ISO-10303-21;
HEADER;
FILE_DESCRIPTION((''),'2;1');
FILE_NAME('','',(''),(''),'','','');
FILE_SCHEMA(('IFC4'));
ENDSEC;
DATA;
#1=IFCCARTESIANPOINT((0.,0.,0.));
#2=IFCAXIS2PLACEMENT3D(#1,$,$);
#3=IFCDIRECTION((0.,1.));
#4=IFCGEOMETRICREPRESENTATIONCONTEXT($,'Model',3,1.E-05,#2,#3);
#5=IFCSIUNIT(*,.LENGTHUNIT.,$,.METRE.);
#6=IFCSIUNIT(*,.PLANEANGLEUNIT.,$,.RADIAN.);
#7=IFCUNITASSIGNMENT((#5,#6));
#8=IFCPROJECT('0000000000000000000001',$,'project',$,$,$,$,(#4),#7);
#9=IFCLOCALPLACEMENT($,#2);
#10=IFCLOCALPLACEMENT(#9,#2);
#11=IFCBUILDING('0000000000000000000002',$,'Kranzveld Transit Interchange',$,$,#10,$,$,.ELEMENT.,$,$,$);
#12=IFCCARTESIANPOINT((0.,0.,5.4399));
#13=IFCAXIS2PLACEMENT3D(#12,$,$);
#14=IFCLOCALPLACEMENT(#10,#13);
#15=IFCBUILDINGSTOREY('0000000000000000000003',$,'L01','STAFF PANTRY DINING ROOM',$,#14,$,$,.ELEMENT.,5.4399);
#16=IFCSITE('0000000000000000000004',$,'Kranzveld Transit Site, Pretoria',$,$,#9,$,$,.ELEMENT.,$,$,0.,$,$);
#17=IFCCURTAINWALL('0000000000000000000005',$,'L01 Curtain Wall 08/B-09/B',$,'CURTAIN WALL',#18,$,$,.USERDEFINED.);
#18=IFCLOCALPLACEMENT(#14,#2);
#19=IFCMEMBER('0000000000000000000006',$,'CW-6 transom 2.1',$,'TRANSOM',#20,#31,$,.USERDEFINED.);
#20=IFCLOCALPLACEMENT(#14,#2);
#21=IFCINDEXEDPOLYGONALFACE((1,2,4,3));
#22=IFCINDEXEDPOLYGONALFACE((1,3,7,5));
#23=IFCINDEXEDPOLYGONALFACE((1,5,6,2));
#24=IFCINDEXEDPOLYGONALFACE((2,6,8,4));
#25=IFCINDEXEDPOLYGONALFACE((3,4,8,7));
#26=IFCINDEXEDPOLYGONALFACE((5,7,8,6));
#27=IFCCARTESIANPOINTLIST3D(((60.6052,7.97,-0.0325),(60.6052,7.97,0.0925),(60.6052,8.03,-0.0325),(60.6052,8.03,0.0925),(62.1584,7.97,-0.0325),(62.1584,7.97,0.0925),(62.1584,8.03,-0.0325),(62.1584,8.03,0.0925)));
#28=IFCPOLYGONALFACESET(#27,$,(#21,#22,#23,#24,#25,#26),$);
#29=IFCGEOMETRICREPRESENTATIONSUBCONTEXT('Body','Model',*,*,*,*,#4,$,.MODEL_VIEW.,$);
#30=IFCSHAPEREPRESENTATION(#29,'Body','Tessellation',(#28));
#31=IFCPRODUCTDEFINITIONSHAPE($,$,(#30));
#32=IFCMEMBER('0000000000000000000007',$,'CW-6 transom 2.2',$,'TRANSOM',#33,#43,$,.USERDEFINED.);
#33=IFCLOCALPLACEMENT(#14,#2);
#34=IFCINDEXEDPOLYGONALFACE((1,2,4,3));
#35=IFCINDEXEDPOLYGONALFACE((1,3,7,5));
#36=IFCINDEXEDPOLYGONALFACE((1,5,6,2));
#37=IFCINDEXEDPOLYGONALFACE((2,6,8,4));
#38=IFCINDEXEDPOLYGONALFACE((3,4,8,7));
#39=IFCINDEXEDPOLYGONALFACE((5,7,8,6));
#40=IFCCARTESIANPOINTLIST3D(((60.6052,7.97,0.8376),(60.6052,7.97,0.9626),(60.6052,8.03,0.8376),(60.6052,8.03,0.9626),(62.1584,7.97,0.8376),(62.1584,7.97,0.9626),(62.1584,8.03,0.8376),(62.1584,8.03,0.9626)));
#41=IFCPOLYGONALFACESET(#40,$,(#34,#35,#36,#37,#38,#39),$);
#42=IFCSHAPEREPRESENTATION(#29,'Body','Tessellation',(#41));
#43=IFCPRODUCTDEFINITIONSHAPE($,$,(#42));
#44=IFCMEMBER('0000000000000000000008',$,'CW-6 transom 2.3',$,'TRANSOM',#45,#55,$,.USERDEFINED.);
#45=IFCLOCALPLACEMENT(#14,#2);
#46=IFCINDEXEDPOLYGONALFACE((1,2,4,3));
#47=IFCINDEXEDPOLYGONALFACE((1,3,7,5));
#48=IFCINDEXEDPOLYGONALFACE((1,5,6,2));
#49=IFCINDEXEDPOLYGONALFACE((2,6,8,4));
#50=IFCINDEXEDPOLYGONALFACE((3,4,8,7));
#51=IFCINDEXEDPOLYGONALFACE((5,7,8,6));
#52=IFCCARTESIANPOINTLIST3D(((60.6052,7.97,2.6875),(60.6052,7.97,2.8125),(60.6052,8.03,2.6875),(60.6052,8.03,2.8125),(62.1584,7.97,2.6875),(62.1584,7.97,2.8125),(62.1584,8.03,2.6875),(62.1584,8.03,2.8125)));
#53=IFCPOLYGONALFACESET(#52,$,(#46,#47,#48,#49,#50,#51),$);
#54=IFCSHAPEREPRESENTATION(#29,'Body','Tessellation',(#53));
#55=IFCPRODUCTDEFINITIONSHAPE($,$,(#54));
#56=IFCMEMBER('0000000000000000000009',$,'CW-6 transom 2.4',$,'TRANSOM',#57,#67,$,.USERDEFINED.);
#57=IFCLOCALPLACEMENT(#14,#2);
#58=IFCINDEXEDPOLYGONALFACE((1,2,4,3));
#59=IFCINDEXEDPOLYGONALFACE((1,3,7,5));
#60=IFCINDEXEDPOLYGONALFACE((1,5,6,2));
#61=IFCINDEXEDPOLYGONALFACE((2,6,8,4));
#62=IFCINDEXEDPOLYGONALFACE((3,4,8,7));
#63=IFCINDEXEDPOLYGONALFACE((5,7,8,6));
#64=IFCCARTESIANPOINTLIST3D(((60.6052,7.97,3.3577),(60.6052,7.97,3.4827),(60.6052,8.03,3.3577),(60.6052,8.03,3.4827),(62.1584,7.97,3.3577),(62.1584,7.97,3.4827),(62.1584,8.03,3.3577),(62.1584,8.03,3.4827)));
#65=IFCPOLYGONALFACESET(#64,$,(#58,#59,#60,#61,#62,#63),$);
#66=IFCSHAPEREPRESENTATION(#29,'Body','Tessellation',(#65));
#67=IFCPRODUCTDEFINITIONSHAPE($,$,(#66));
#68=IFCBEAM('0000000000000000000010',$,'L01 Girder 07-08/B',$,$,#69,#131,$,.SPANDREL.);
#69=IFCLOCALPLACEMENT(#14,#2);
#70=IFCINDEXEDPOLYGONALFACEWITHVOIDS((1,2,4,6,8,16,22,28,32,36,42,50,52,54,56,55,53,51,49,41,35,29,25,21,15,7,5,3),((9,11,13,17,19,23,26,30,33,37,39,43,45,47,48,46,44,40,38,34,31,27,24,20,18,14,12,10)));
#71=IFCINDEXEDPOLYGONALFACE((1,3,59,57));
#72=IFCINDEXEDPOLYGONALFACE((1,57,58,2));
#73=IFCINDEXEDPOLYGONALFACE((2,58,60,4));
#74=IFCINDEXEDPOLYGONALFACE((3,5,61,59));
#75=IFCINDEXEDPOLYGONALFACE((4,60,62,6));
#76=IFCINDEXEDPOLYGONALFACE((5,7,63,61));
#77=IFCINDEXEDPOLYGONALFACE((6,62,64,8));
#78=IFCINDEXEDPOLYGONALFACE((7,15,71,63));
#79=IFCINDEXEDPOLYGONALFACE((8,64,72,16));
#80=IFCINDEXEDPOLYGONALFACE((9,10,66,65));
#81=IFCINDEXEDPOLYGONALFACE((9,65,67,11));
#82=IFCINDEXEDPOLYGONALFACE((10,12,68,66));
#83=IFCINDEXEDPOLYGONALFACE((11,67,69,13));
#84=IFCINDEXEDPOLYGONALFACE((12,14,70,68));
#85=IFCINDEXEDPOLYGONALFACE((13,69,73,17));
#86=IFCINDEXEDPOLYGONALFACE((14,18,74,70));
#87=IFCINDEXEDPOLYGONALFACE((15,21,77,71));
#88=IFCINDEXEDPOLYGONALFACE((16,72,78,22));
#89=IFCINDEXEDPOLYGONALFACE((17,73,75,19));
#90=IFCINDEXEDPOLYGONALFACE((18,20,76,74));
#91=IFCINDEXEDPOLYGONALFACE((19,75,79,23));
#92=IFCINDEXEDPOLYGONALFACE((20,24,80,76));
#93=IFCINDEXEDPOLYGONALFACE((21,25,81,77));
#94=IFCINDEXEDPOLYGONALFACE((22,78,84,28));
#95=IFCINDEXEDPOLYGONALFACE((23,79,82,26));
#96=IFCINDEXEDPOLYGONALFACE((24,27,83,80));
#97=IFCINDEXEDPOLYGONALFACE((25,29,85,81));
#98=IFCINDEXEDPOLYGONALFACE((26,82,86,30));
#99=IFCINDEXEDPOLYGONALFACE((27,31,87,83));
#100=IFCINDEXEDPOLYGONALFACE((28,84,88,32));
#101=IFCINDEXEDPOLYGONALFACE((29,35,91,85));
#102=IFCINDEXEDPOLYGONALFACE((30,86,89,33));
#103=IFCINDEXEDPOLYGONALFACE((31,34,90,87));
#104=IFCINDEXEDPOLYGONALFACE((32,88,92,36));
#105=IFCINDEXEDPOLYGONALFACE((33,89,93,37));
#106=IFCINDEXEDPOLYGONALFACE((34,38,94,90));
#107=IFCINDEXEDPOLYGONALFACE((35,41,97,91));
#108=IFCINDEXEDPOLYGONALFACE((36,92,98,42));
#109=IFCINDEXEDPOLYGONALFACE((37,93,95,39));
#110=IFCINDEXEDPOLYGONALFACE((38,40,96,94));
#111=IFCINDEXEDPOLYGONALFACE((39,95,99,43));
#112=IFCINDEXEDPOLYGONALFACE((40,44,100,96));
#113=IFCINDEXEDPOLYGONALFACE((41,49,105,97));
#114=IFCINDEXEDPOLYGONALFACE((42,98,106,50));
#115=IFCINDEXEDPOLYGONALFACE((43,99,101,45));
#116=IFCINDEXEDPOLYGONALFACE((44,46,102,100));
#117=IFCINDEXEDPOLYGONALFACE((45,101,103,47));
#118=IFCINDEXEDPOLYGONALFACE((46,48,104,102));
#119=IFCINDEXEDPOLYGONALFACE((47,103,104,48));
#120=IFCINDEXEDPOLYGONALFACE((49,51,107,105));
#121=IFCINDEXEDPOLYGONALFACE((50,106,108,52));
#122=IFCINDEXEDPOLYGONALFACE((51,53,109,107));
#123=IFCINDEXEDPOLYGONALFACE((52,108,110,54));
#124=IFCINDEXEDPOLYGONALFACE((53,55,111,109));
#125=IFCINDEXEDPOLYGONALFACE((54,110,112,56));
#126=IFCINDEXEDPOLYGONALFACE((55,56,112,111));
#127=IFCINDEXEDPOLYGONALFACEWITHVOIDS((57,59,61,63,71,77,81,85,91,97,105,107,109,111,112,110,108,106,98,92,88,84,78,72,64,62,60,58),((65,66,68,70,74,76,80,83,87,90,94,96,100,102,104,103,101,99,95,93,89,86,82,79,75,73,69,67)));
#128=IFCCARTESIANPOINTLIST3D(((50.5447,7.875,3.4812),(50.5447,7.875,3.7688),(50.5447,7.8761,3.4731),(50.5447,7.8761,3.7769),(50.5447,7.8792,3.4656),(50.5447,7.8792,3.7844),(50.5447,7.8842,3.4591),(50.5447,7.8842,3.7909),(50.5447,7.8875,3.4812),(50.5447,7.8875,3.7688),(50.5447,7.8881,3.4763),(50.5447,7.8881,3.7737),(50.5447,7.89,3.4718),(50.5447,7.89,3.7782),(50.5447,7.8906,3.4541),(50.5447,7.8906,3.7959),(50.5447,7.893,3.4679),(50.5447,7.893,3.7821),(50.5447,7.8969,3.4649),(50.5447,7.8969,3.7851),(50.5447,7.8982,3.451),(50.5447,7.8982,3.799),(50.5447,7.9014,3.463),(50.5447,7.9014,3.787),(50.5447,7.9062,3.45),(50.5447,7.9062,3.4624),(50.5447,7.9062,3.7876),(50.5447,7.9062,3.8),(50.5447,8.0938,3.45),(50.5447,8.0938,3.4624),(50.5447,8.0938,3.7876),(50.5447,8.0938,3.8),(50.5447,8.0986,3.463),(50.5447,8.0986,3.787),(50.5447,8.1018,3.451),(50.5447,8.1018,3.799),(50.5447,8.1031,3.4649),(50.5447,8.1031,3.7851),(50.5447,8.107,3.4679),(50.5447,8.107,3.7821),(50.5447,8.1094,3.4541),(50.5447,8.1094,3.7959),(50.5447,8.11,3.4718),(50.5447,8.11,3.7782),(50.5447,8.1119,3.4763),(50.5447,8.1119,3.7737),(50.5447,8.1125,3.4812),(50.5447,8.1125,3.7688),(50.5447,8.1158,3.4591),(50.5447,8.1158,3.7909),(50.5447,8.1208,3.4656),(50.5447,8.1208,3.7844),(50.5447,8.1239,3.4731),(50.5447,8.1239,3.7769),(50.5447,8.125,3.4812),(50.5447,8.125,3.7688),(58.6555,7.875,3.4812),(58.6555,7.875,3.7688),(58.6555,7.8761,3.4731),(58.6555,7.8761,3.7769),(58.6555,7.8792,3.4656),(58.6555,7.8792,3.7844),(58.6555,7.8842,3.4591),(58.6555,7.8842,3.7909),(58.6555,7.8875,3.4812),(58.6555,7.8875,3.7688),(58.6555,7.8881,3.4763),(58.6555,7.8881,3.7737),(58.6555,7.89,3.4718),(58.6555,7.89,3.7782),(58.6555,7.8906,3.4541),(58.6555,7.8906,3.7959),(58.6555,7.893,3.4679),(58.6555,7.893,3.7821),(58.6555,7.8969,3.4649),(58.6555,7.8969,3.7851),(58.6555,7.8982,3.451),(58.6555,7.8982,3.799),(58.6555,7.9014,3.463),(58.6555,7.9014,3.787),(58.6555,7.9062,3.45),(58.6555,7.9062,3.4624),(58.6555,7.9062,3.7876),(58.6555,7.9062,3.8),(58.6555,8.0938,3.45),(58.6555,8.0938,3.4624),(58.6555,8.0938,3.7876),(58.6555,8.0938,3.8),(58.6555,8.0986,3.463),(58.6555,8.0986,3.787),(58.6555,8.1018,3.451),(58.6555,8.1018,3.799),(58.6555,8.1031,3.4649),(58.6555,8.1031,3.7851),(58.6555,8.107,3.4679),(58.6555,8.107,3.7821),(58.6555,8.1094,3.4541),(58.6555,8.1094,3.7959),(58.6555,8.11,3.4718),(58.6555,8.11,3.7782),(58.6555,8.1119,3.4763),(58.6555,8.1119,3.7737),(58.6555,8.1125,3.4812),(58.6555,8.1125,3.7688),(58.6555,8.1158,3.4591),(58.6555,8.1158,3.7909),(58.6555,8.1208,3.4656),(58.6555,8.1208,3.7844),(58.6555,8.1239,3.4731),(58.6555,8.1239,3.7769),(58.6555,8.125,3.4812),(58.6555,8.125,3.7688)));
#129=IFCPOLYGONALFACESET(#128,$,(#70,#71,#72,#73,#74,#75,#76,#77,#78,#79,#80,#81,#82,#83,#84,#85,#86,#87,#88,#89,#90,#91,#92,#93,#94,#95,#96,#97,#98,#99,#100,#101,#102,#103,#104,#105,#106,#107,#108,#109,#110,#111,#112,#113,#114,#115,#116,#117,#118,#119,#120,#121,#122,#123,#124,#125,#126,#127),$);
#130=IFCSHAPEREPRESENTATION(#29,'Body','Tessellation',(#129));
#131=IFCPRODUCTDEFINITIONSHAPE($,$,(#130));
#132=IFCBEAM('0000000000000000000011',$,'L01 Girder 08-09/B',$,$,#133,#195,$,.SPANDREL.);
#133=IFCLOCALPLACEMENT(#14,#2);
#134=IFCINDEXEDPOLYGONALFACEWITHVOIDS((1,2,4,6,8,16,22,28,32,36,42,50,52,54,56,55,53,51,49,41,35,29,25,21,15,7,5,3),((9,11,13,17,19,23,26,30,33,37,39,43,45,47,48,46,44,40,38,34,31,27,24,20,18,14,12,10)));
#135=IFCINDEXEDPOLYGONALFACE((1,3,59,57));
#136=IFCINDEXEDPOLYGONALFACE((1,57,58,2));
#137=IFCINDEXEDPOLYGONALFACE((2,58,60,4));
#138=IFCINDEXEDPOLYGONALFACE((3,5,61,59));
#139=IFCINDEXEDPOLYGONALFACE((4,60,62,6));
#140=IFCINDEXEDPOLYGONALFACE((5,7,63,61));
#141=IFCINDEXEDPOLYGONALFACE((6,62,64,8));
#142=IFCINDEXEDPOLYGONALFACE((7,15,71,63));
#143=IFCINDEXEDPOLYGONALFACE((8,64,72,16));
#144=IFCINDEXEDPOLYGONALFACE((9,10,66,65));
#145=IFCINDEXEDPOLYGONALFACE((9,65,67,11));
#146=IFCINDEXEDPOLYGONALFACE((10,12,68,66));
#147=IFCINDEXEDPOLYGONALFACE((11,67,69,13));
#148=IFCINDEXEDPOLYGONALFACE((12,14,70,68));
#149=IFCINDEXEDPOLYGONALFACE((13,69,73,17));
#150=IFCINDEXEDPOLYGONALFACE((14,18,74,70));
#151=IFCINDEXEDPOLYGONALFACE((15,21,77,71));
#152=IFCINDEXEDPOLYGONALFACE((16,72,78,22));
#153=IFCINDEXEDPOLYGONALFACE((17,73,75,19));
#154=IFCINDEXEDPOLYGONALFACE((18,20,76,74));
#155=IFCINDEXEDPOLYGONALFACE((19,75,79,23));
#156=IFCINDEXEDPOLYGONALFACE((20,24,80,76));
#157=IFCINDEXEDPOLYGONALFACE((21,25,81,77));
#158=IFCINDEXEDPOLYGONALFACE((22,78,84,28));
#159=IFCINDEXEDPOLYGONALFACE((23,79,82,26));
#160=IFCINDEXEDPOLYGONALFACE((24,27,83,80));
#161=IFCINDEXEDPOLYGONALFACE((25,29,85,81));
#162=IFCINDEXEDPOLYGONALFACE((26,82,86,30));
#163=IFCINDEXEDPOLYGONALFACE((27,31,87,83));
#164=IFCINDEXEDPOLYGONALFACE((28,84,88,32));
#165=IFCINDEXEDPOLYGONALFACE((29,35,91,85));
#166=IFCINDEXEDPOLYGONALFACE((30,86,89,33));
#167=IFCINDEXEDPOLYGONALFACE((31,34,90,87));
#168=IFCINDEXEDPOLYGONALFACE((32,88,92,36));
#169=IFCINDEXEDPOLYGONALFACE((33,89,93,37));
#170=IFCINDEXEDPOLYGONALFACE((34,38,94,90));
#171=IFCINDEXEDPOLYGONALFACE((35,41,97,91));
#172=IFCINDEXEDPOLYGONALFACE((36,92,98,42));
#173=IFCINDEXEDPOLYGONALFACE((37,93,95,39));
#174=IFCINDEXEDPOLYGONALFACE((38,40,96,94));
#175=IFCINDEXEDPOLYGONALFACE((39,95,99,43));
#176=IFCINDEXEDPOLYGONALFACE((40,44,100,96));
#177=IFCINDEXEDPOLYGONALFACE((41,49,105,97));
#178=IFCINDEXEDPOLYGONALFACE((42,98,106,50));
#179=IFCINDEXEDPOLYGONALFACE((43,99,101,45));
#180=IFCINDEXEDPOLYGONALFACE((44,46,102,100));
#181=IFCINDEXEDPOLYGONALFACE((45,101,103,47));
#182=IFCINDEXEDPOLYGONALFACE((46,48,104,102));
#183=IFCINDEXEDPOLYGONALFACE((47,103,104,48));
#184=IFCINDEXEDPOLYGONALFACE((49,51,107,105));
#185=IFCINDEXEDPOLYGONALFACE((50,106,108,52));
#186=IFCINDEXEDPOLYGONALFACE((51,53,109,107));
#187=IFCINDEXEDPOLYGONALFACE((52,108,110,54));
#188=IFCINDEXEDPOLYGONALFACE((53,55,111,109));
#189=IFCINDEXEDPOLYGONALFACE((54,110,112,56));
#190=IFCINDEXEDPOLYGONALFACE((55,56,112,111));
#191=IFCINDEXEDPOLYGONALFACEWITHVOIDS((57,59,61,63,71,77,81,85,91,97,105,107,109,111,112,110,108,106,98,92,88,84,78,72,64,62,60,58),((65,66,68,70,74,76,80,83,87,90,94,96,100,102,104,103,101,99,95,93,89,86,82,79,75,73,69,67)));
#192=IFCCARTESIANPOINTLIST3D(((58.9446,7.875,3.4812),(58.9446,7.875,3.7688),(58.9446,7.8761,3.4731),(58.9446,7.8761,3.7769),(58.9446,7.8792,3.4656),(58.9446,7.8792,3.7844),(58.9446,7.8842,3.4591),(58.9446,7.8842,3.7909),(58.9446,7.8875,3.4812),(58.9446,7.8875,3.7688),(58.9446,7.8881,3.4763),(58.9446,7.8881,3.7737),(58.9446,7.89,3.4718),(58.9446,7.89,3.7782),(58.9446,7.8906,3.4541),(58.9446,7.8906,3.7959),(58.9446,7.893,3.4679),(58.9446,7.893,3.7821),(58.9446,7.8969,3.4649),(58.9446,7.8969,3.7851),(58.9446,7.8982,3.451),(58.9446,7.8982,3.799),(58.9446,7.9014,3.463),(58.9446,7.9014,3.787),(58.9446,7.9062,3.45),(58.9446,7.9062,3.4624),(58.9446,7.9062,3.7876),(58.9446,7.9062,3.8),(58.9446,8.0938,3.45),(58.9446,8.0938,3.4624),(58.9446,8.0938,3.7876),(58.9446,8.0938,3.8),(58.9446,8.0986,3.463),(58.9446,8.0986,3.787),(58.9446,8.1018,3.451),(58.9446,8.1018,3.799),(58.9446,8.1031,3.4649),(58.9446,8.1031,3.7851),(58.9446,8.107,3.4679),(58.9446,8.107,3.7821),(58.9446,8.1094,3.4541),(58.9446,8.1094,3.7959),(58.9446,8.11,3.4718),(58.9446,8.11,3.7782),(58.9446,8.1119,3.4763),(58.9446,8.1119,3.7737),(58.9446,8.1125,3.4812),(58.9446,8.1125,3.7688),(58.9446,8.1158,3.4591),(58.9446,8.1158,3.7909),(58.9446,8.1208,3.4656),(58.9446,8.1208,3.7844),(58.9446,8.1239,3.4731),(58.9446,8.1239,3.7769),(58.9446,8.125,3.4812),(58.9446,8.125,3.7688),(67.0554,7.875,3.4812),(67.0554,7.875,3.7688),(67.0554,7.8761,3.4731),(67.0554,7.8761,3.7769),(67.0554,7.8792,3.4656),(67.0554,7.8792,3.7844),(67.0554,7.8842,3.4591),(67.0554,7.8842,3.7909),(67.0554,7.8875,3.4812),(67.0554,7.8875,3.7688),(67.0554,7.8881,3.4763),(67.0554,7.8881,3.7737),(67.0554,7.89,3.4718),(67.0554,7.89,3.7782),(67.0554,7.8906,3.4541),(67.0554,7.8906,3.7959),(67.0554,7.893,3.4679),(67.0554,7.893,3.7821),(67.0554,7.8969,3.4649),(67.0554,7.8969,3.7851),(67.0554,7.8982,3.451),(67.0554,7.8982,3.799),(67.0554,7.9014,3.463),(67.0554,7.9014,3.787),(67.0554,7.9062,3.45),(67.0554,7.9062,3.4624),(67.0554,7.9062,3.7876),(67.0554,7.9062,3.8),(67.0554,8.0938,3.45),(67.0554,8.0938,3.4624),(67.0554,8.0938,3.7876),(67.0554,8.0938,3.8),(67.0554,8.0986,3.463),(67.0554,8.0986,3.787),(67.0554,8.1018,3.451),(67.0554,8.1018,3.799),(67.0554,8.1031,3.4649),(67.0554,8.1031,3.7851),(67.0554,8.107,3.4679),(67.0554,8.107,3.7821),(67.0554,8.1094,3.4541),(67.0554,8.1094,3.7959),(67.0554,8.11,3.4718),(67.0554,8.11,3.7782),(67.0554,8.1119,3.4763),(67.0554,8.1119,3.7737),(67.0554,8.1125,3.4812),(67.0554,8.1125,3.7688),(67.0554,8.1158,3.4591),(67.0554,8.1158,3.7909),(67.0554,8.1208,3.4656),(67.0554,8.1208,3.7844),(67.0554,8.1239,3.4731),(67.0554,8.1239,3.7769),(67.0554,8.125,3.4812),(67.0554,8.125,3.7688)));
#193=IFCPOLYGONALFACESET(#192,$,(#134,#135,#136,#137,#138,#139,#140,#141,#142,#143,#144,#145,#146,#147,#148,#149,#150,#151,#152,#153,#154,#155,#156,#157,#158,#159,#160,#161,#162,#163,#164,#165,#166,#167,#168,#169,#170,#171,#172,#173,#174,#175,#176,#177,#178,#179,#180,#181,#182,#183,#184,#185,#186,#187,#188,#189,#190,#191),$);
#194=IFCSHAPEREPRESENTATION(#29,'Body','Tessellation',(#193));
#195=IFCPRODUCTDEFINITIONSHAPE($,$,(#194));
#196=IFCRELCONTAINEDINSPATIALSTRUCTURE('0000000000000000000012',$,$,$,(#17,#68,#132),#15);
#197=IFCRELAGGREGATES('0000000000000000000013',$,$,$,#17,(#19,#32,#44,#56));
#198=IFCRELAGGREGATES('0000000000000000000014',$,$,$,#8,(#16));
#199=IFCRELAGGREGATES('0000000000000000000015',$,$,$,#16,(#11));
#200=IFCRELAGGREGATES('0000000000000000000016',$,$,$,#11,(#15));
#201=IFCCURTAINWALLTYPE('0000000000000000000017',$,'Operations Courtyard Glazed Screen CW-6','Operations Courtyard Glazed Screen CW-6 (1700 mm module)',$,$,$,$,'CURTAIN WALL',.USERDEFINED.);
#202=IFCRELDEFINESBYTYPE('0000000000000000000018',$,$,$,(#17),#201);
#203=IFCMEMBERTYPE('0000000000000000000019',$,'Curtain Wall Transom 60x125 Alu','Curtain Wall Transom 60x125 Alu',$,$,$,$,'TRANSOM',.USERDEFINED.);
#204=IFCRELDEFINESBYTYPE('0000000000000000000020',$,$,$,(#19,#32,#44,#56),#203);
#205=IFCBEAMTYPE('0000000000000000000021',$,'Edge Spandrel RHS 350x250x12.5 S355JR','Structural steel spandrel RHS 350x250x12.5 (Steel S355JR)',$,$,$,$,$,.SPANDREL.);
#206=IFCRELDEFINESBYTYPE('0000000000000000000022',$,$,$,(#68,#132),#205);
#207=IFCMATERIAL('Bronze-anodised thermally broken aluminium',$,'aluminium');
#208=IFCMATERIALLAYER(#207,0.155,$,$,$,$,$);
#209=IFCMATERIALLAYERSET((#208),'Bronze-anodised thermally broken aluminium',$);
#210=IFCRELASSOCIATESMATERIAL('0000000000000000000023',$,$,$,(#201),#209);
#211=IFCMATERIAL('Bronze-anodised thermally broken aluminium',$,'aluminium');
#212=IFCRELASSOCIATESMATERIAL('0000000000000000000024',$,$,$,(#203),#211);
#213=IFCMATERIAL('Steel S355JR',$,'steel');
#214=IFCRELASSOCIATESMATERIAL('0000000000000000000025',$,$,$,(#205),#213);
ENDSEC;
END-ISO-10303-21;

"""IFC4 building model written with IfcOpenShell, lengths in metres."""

from ifc_helpers import new_model, si_unit, direction, frame, origin, origin_2d, place, context, subcontext, project, spatial, rectangle, hollow_rectangle, extrude, material, layer, layer_set, material_profile, profile_set, type_object, element, aggregate, save


model = new_model("IFC4")

# Units and contexts
model_context = context("Model", 3, precision=1e-05, world=origin(), true_north=direction((0.0, 1.0)))
body_context = subcontext(model_context, "Body", "Model", "MODEL_VIEW")
ifc_project = project(units=[si_unit("LENGTHUNIT", "METRE"), si_unit("PLANEANGLEUNIT", "RADIAN")], contexts=[model_context])

# Site, building, storey
site_placement = place(None, origin())
site = spatial("IfcSite", under=ifc_project, at=site_placement, Name="Kranzveld Transit Site, Pretoria", CompositionType="ELEMENT", RefElevation=0.0)
building_placement = place(site_placement, origin())
building = spatial("IfcBuilding", under=site, at=building_placement, Name="Kranzveld Transit Interchange", CompositionType="ELEMENT")
storey_placement = place(building_placement, frame((0.0, 0.0, 5.4399)))
storey = spatial("IfcBuildingStorey", under=building, at=storey_placement, Name="L01", Description="STAFF PANTRY DINING ROOM", CompositionType="ELEMENT", Elevation=5.4399)

# Curtain wall, members
ifc_material_1 = material(Name="Bronze-anodised thermally broken aluminium", Category="aluminium")
ifc_layer_1 = layer(ifc_material_1, 0.155)
ifc_layer_set_1 = layer_set([ifc_layer_1], Name="Bronze-anodised thermally broken aluminium")
curtain_wall_type = type_object("IfcCurtainWallType", Name="Operations Courtyard Glazed Screen CW-6", Description="Operations Courtyard Glazed Screen CW-6 (1700 mm module)", ElementType="CURTAIN WALL", PredefinedType="USERDEFINED", material=ifc_layer_set_1)
curtain_wall_placement = place(storey_placement, origin())
curtain_wall = element("IfcCurtainWall", 1, at=curtain_wall_placement, inside=storey, type_object=curtain_wall_type, Name="L01 Curtain Wall 08/B-09/B", ObjectType="CURTAIN WALL", PredefinedType="USERDEFINED")
ifc_material_2 = material(Name="Bronze-anodised thermally broken aluminium", Category="aluminium")
ifc_material_profile_1 = material_profile(ifc_material_2, rectangle(XDim=0.0601, YDim=0.125, at=origin_2d()), Name="ALU TRANSOM 60x125")
ifc_profile_set_1 = profile_set([ifc_material_profile_1], Name="Bronze-anodised thermally broken aluminium")
member_type_1 = type_object("IfcMemberType", Name="Curtain Wall Transom 60x125 Alu", Description="Curtain Wall Transom 60x125 Alu", ElementType="TRANSOM", PredefinedType="USERDEFINED", material=ifc_profile_set_1)
member_1_placement = place(storey_placement, frame((60.6052, 8.0, 0.03), z_axis=(1.0, 0.0, 0.0), x_axis=(0.0, 1.0, 0.0)))
member_1 = element("IfcMember", 2, at=member_1_placement, type_object=member_type_1, Name="CW-6 transom 2.1", ObjectType="TRANSOM", PredefinedType="USERDEFINED", context=body_context, shape_type="SweptSolid", body=[
    extrude(rectangle(XDim=0.0601, YDim=0.125, at=origin_2d()), origin(), (0.0, 0.0, 1.0), 1.5532),
])
member_2_placement = place(storey_placement, frame((60.6052, 8.0, 0.9001), z_axis=(1.0, 0.0, 0.0), x_axis=(0.0, 1.0, 0.0)))
member_2 = element("IfcMember", 3, at=member_2_placement, type_object=member_type_1, Name="CW-6 transom 2.2", ObjectType="TRANSOM", PredefinedType="USERDEFINED", context=body_context, shape_type="SweptSolid", body=[
    extrude(rectangle(XDim=0.0601, YDim=0.125, at=origin_2d()), origin(), (0.0, 0.0, 1.0), 1.5532),
])
member_3_placement = place(storey_placement, frame((60.6052, 8.0, 2.75), z_axis=(1.0, 0.0, 0.0), x_axis=(0.0, 1.0, 0.0)))
member_3 = element("IfcMember", 4, at=member_3_placement, type_object=member_type_1, Name="CW-6 transom 2.3", ObjectType="TRANSOM", PredefinedType="USERDEFINED", context=body_context, shape_type="SweptSolid", body=[
    extrude(rectangle(XDim=0.0601, YDim=0.125, at=origin_2d()), origin(), (0.0, 0.0, 1.0), 1.5532),
])
member_4_placement = place(storey_placement, frame((60.6052, 8.0, 3.4202), z_axis=(1.0, 0.0, 0.0), x_axis=(0.0, 1.0, 0.0)))
member_4 = element("IfcMember", 5, at=member_4_placement, type_object=member_type_1, Name="CW-6 transom 2.4", ObjectType="TRANSOM", PredefinedType="USERDEFINED", context=body_context, shape_type="SweptSolid", body=[
    extrude(rectangle(XDim=0.0601, YDim=0.125, at=origin_2d()), origin(), (0.0, 0.0, 1.0), 1.5532),
])

# Beams
ifc_material_3 = material(Name="Steel S355JR", Category="steel")
ifc_material_profile_2 = material_profile(ifc_material_3, hollow_rectangle(XDim=0.25, YDim=0.3501, WallThickness=0.0125, InnerFilletRadius=0.0188, OuterFilletRadius=0.0312, at=origin_2d()), Name="RHS 350x250x12.5")
ifc_profile_set_2 = profile_set([ifc_material_profile_2], Name="Steel S355JR")
beam_type_1 = type_object("IfcBeamType", Name="Edge Spandrel RHS 350x250x12.5 S355JR", Description="Structural steel spandrel RHS 350x250x12.5 (Steel S355JR)", PredefinedType="SPANDREL", material=ifc_profile_set_2)
for number, where, z_axis, x_axis, name in (
    (6, (50.5447, 8.0, 3.625), (1.0, 0.0, 0.0), (0.0, 1.0, 0.0), "L01 Girder 07-08/B"),
    (7, (58.9446, 8.0, 3.625), (1.0, 0.0, 0.0), (0.0, 1.0, 0.0), "L01 Girder 08-09/B"),
):
    element("IfcBeam", number, at=place(storey_placement, frame(where, z_axis=z_axis, x_axis=x_axis)), inside=storey, type_object=beam_type_1, Name=name, PredefinedType="SPANDREL", context=body_context, shape_type="SweptSolid", body=[
        extrude(hollow_rectangle(XDim=0.25, YDim=0.3501, WallThickness=0.0125, InnerFilletRadius=0.0188, OuterFilletRadius=0.0312, at=origin_2d()), origin(), (0.0, 0.0, 1.0), 8.1108),
    ])

aggregate(curtain_wall, [member_1, member_2, member_3, member_4])

save(model, "model.ifc")
